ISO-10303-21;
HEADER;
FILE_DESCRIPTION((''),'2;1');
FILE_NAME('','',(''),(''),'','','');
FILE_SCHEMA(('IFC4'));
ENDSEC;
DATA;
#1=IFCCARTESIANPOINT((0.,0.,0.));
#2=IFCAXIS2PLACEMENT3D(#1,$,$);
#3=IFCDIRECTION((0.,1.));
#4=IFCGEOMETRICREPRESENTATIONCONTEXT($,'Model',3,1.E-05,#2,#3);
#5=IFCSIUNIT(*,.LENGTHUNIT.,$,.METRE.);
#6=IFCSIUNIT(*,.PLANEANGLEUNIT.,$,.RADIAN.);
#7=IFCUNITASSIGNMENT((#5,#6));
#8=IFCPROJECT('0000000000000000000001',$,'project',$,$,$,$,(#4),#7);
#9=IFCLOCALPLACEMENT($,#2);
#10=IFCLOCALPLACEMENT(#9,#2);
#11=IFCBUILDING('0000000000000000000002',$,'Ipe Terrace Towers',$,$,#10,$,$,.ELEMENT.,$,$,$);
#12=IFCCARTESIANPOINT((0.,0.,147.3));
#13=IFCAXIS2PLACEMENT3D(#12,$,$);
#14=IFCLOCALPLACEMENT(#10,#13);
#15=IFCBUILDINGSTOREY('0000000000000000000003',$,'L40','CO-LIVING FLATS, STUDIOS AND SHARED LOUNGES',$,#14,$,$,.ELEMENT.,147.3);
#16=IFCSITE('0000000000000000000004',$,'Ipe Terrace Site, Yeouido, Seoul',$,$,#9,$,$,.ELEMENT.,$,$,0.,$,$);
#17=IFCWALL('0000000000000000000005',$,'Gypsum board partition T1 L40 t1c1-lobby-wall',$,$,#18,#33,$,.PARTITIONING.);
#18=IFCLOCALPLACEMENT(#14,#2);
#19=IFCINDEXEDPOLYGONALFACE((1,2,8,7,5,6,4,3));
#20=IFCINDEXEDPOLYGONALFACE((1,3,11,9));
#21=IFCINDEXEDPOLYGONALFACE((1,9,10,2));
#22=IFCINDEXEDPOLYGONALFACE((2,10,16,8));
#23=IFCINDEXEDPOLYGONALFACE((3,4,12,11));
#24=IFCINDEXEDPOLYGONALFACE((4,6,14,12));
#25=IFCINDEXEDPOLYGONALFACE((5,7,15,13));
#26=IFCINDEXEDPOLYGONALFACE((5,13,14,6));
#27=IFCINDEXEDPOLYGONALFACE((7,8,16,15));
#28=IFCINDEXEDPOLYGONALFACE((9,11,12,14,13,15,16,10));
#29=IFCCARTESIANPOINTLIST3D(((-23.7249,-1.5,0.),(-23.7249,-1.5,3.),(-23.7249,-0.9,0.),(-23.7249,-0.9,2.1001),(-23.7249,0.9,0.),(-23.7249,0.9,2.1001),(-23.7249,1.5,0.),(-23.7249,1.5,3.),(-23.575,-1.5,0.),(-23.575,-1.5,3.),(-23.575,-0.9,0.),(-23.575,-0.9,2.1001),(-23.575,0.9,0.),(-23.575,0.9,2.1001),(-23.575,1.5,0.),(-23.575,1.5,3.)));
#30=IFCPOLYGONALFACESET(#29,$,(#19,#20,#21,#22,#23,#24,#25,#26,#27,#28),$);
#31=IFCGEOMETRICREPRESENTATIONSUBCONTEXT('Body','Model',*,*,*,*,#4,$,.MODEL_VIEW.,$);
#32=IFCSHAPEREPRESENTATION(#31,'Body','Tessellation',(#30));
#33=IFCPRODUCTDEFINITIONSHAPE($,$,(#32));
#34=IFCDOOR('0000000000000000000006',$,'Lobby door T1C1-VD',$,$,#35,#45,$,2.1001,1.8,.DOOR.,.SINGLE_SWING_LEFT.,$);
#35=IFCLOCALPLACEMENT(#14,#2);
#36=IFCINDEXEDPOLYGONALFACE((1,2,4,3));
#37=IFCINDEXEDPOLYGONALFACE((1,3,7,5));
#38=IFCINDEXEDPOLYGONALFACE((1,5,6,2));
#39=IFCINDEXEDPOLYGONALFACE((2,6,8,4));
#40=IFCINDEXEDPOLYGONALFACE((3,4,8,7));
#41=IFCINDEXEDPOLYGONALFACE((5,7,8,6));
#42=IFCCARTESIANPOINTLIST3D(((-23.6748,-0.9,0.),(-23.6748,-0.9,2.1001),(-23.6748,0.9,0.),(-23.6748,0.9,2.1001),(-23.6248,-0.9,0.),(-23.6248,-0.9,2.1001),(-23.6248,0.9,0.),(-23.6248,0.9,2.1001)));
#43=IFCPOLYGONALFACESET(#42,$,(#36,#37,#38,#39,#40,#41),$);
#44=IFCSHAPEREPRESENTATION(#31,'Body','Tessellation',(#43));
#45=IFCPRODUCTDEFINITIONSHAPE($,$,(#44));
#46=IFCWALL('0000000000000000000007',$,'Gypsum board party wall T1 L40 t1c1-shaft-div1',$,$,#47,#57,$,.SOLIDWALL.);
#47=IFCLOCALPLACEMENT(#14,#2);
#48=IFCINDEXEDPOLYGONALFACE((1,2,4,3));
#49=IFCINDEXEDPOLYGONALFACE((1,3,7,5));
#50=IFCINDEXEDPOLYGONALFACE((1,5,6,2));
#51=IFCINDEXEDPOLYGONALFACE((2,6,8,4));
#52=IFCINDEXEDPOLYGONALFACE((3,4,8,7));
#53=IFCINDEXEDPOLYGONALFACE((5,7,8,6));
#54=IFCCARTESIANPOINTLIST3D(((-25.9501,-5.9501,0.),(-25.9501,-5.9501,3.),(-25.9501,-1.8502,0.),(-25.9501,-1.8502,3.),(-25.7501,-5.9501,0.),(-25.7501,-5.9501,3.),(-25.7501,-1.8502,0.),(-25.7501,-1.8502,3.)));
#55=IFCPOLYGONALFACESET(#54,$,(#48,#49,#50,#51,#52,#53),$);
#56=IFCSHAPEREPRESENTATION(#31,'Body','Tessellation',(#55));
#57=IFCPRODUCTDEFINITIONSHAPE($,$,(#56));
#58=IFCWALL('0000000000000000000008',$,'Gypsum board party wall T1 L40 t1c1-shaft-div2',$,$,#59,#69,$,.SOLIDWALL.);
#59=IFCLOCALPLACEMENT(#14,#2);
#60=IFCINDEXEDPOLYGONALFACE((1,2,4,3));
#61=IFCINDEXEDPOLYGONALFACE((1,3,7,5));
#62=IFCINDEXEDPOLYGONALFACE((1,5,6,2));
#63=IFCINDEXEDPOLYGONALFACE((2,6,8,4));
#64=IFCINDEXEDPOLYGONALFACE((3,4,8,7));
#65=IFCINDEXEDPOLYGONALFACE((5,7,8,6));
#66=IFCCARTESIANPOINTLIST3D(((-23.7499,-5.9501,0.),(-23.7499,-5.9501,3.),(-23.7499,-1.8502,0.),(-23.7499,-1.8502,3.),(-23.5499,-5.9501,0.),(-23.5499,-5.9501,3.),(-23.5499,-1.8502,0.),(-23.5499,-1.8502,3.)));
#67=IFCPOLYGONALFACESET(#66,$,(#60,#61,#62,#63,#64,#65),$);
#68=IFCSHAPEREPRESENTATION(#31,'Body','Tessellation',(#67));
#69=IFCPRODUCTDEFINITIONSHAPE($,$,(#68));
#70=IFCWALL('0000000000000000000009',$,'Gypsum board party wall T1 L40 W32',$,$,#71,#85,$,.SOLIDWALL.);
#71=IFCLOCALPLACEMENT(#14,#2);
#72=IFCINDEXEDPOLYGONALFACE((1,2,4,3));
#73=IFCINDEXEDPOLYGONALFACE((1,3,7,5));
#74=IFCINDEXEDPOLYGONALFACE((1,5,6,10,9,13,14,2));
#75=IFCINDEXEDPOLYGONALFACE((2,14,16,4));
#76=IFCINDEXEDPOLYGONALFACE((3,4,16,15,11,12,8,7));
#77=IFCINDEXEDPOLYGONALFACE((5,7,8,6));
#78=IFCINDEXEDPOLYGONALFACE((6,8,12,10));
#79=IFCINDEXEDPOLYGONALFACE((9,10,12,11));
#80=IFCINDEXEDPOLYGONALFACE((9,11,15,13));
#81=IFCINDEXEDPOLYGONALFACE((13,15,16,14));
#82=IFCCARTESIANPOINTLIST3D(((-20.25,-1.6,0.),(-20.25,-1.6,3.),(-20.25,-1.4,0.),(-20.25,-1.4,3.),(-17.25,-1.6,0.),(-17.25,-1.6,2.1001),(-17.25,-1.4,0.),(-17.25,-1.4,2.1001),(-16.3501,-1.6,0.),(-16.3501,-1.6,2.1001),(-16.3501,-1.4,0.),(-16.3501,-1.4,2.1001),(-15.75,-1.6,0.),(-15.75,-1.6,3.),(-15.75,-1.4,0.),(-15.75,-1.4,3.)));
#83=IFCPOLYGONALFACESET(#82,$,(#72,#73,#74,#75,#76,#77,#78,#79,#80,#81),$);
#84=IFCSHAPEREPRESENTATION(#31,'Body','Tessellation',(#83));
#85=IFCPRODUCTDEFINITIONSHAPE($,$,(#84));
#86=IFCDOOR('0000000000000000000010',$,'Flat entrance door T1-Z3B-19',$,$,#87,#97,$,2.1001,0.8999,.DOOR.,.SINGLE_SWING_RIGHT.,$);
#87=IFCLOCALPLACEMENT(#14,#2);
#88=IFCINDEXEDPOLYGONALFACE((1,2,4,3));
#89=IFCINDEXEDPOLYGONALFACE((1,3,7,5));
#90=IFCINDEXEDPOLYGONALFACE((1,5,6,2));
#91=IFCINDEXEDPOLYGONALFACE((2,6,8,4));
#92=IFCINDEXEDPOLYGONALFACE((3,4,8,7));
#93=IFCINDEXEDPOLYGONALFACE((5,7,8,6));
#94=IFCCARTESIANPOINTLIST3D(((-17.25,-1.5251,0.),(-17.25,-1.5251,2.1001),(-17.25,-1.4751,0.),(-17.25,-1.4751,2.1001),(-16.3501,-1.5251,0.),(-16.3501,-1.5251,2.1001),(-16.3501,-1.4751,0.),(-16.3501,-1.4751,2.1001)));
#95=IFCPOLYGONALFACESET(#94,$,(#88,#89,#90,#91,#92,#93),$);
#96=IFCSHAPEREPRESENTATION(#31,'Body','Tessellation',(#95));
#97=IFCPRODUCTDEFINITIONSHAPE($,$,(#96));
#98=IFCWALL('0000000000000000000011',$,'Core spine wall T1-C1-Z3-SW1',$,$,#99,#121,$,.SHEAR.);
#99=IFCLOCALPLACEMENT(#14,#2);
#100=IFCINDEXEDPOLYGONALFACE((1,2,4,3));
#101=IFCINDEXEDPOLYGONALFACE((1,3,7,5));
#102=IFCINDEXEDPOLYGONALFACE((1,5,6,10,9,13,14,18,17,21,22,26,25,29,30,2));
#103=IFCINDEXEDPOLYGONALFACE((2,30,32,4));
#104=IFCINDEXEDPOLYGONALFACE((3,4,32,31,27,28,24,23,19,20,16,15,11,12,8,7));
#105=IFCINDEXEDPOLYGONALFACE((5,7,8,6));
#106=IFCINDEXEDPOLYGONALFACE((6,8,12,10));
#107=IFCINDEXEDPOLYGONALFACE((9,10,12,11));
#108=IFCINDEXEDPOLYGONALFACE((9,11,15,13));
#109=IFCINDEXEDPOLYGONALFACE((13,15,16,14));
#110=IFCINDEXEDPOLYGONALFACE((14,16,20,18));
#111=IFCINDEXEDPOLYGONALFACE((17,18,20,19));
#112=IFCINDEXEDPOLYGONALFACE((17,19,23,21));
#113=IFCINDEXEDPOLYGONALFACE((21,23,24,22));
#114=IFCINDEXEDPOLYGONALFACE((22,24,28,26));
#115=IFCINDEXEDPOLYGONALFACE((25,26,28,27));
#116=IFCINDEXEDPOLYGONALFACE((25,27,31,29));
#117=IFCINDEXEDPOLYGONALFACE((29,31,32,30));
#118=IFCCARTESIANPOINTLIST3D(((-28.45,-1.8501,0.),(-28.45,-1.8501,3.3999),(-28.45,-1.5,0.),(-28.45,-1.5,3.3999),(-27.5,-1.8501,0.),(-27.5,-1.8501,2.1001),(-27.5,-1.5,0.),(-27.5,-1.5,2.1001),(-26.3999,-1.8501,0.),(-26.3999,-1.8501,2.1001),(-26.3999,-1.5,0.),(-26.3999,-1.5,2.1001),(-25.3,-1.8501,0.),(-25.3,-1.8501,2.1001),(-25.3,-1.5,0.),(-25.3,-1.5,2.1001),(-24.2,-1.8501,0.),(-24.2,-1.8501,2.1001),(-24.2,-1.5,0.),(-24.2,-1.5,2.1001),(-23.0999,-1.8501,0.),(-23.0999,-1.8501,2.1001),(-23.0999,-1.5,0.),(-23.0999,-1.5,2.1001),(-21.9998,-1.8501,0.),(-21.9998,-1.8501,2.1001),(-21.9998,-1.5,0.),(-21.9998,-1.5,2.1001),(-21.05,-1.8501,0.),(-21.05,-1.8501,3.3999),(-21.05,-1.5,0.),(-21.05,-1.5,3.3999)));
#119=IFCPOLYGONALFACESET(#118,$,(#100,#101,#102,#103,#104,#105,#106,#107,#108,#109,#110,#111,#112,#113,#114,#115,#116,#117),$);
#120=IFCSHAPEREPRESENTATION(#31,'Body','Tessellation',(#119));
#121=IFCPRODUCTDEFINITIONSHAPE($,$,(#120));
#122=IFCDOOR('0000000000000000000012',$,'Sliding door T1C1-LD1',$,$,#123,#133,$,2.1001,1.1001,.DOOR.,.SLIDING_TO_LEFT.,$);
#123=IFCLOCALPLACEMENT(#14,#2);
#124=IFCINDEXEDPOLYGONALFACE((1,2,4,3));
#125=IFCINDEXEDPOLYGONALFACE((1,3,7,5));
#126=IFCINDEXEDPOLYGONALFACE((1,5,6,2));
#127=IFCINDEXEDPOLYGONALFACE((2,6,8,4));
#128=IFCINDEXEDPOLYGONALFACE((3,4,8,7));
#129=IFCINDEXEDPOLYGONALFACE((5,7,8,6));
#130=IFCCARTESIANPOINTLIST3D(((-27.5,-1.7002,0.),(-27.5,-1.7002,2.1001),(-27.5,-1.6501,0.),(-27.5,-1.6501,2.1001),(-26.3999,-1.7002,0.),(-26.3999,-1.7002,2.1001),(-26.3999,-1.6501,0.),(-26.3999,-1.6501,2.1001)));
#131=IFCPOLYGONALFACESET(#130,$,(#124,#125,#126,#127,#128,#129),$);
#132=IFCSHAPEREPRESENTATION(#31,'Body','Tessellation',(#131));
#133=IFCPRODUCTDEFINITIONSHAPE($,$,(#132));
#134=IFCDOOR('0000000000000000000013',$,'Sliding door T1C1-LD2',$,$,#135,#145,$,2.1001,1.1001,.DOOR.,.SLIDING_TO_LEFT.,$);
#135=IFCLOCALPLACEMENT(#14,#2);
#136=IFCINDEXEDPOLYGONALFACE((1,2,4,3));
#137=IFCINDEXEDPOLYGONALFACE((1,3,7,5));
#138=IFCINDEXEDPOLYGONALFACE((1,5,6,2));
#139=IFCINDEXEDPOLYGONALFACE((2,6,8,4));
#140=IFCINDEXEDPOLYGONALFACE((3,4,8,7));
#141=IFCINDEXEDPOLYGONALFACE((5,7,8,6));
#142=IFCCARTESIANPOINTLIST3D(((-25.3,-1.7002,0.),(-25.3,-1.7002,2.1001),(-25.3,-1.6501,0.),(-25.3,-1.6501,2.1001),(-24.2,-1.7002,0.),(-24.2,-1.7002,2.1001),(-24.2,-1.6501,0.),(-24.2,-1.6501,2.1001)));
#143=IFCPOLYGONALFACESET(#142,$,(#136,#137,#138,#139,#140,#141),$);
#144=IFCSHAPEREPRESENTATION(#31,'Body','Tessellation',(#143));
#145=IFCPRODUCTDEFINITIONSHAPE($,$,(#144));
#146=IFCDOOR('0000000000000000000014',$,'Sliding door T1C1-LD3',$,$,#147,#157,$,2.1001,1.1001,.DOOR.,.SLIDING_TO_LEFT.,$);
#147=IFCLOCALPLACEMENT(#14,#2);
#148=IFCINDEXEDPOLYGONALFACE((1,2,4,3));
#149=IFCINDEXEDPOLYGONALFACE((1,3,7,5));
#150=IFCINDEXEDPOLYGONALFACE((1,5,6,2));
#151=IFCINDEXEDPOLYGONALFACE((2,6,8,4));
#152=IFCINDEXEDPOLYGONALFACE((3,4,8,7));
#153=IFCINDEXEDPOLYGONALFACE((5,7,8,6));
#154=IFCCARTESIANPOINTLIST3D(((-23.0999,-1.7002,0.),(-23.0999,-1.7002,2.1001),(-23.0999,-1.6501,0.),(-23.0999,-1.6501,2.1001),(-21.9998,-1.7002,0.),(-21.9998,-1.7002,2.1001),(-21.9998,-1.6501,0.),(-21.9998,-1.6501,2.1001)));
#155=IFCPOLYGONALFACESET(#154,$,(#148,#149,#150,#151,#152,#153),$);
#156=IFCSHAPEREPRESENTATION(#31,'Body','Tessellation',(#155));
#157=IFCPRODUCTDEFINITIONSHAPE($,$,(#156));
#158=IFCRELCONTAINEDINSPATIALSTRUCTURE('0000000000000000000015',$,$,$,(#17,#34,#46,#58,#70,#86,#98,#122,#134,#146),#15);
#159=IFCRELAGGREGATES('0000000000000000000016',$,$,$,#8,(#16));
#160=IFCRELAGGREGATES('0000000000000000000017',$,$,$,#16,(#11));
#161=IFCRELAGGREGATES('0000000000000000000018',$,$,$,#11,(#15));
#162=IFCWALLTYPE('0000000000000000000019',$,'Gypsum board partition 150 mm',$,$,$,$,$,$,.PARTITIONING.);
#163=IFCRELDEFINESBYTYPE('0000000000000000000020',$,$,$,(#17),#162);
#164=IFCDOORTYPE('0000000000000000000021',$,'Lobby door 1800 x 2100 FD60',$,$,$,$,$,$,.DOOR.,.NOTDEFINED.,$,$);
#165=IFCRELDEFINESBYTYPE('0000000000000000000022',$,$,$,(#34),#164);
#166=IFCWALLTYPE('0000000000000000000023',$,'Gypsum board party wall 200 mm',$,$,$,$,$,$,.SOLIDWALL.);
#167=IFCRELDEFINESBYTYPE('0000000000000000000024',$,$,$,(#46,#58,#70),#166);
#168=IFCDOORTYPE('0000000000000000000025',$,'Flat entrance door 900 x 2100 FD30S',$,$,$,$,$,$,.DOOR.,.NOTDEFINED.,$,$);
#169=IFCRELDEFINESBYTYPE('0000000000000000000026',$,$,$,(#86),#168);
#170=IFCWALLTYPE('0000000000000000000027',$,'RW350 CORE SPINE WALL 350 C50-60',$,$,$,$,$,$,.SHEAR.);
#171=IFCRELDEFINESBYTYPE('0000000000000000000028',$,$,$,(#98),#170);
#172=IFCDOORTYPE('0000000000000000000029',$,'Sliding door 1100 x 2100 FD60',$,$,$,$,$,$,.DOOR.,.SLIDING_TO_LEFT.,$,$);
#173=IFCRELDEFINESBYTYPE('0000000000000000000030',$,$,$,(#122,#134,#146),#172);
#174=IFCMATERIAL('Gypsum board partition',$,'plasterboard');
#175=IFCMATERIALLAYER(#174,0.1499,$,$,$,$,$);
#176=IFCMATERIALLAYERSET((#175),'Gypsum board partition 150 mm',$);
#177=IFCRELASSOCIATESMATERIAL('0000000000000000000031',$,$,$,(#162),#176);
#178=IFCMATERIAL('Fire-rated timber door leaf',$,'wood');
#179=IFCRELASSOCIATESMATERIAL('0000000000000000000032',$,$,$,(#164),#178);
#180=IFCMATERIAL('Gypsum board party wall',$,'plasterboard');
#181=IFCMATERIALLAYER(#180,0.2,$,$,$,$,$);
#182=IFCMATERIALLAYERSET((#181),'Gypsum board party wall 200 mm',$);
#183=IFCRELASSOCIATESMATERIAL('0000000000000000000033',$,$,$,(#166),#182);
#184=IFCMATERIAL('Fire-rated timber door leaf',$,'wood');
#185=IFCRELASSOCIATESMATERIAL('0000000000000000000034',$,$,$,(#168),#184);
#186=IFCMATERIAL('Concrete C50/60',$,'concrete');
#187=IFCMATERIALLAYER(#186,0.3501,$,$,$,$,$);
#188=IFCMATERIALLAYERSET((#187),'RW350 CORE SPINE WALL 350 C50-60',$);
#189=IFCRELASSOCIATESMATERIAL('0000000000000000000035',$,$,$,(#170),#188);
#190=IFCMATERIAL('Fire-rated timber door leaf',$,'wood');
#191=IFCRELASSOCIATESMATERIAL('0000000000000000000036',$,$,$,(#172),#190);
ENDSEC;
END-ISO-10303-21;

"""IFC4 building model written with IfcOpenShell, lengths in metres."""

from ifc_helpers import new_model, si_unit, direction, frame, frame_2d, origin, place, context, subcontext, project, spatial, rectangle, extrude, material, layer, layer_set, type_object, element, fill, save


model = new_model("IFC4")

# Units and contexts
model_context = context("Model", 3, precision=1e-05, world=origin(), true_north=direction((0.0, 1.0)))
body_context = subcontext(model_context, "Body", "Model", "MODEL_VIEW")
ifc_project = project(units=[si_unit("LENGTHUNIT", "METRE"), si_unit("PLANEANGLEUNIT", "RADIAN")], contexts=[model_context])

# Site, building, storey
site_placement = place(None, origin())
site = spatial("IfcSite", under=ifc_project, at=site_placement, Name="Ipe Terrace Site, Yeouido, Seoul", CompositionType="ELEMENT", RefElevation=0.0)
building_placement = place(site_placement, origin())
building = spatial("IfcBuilding", under=site, at=building_placement, Name="Ipe Terrace Towers", CompositionType="ELEMENT")
storey_placement = place(building_placement, frame((0.0, 0.0, 147.3)))
storey = spatial("IfcBuildingStorey", under=building, at=storey_placement, Name="L40", Description="CO-LIVING FLATS, STUDIOS AND SHARED LOUNGES", CompositionType="ELEMENT", Elevation=147.3)

# Wall, opening, door
ifc_material_1 = material(Name="Gypsum board partition", Category="plasterboard")
ifc_layer_1 = layer(ifc_material_1, 0.1499)
ifc_layer_set_1 = layer_set([ifc_layer_1], Name="Gypsum board partition 150 mm")
wall_type_1 = type_object("IfcWallType", Name="Gypsum board partition 150 mm", PredefinedType="PARTITIONING", material=ifc_layer_set_1)
wall_1_placement = place(storey_placement, frame((-23.6499, -1.5, 0.0), z_axis=(0.0, 0.0, 1.0), x_axis=(0.0, 1.0, 0.0)))
wall_1 = element("IfcWall", 1, at=wall_1_placement, inside=storey, type_object=wall_type_1, Name="Gypsum board partition T1 L40 t1c1-lobby-wall", PredefinedType="PARTITIONING", context=body_context, shape_type="SweptSolid", body=[
    extrude(rectangle(XDim=3.0, YDim=0.1499, at=frame_2d((1.5, 0.0))), origin(), (0.0, 0.0, 1.0), 3.0),
])
opening_1_placement = place(wall_1_placement, frame((0.6001, 0.0, 0.0)))
opening_1 = element("IfcOpeningElement", 2, at=opening_1_placement, cuts=wall_1, PredefinedType="OPENING", context=body_context, shape_type="SweptSolid", body=[
    extrude(rectangle(XDim=1.8, YDim=2.1001, at=frame_2d((0.8999, 1.05))), frame((0.0, 0.085, 0.0), z_axis=(0.0, -1.0, 0.0), x_axis=(1.0, 0.0, 0.0)), (0.0, 0.0, 1.0), 0.1699),
])
ifc_material_2 = material(Name="Fire-rated timber door leaf", Category="wood")
door_type_1 = type_object("IfcDoorType", Name="Lobby door 1800 x 2100 FD60", OperationType="NOTDEFINED", PredefinedType="DOOR", material=ifc_material_2)
door_1_placement = place(opening_1_placement, origin())
door_1 = element("IfcDoor", 3, at=door_1_placement, inside=storey, type_object=door_type_1, Name="Lobby door T1C1-VD", OperationType="SINGLE_SWING_LEFT", OverallHeight=2.1001, OverallWidth=1.8, PredefinedType="DOOR", context=body_context, shape_type="SweptSolid", body=[
    extrude(rectangle(XDim=1.8, YDim=2.1001, at=frame_2d((0.8999, 1.05))), frame((0.0, 0.0249, 0.0), z_axis=(0.0, -1.0, 0.0), x_axis=(1.0, 0.0, 0.0)), (0.0, 0.0, 1.0), 0.05),
])
fill(opening_1, door_1)

# Walls
ifc_material_3 = material(Name="Gypsum board party wall", Category="plasterboard")
ifc_layer_2 = layer(ifc_material_3, 0.2)
ifc_layer_set_2 = layer_set([ifc_layer_2], Name="Gypsum board party wall 200 mm")
wall_type_2 = type_object("IfcWallType", Name="Gypsum board party wall 200 mm", PredefinedType="SOLIDWALL", material=ifc_layer_set_2)
for number, where, z_axis, x_axis, name in (
    (4, (-25.8501, -5.95, 0.0), (0.0, 0.0, 1.0), (0.0, 1.0, 0.0), "Gypsum board party wall T1 L40 t1c1-shaft-div1"),
    (5, (-23.6499, -5.95, 0.0), (0.0, 0.0, 1.0), (0.0, 1.0, 0.0), "Gypsum board party wall T1 L40 t1c1-shaft-div2"),
):
    element("IfcWall", number, at=place(storey_placement, frame(where, z_axis=z_axis, x_axis=x_axis)), inside=storey, type_object=wall_type_2, Name=name, PredefinedType="SOLIDWALL", context=body_context, shape_type="SweptSolid", body=[
        extrude(rectangle(XDim=4.0999, YDim=0.2, at=frame_2d((2.0498, 0.0))), origin(), (0.0, 0.0, 1.0), 3.0),
    ])

# Wall, opening, door
wall_2_placement = place(storey_placement, frame((-20.25, -1.5, 0.0), z_axis=(0.0, 0.0, 1.0), x_axis=(1.0, 0.0, 0.0)))
wall_2 = element("IfcWall", 6, at=wall_2_placement, inside=storey, type_object=wall_type_2, Name="Gypsum board party wall T1 L40 W32", PredefinedType="SOLIDWALL", context=body_context, shape_type="SweptSolid", body=[
    extrude(rectangle(XDim=4.5, YDim=0.2, at=frame_2d((2.25, 0.0))), origin(), (0.0, 0.0, 1.0), 3.0),
])
opening_2_placement = place(wall_2_placement, frame((3.0, 0.0, 0.0)))
opening_2 = element("IfcOpeningElement", 7, at=opening_2_placement, cuts=wall_2, PredefinedType="OPENING", context=body_context, shape_type="SweptSolid", body=[
    extrude(rectangle(XDim=0.8999, YDim=2.1001, at=frame_2d((0.45, 1.05))), frame((0.0, 0.1099, 0.0), z_axis=(0.0, -1.0, 0.0), x_axis=(1.0, 0.0, 0.0)), (0.0, 0.0, 1.0), 0.22),
])
ifc_material_4 = material(Name="Fire-rated timber door leaf", Category="wood")
door_type_2 = type_object("IfcDoorType", Name="Flat entrance door 900 x 2100 FD30S", OperationType="NOTDEFINED", PredefinedType="DOOR", material=ifc_material_4)
door_2_placement = place(opening_2_placement, origin())
door_2 = element("IfcDoor", 8, at=door_2_placement, inside=storey, type_object=door_type_2, Name="Flat entrance door T1-Z3B-19", OperationType="SINGLE_SWING_RIGHT", OverallHeight=2.1001, OverallWidth=0.8999, PredefinedType="DOOR", context=body_context, shape_type="SweptSolid", body=[
    extrude(rectangle(XDim=0.8999, YDim=2.1001, at=frame_2d((0.45, 1.05))), frame((0.0, 0.0249, 0.0), z_axis=(0.0, -1.0, 0.0), x_axis=(1.0, 0.0, 0.0)), (0.0, 0.0, 1.0), 0.05),
])
fill(opening_2, door_2)

# Wall, openings, doors
ifc_material_5 = material(Name="Concrete C50/60", Category="concrete")
ifc_layer_3 = layer(ifc_material_5, 0.3501)
ifc_layer_set_3 = layer_set([ifc_layer_3], Name="RW350 CORE SPINE WALL 350 C50-60")
wall_type_3 = type_object("IfcWallType", Name="RW350 CORE SPINE WALL 350 C50-60", PredefinedType="SHEAR", material=ifc_layer_set_3)
wall_3_placement = place(storey_placement, frame((-28.45, -1.675, 0.0), z_axis=(0.0, 0.0, 1.0), x_axis=(1.0, 0.0, 0.0)))
wall_3 = element("IfcWall", 9, at=wall_3_placement, inside=storey, type_object=wall_type_3, Name="Core spine wall T1-C1-Z3-SW1", PredefinedType="SHEAR", context=body_context, shape_type="SweptSolid", body=[
    extrude(rectangle(XDim=7.3999, YDim=0.3501, at=frame_2d((3.7, 0.0))), origin(), (0.0, 0.0, 1.0), 3.3999),
])
opening_3_placement = place(wall_3_placement, frame((0.95, 0.0, 0.0)))
opening_3 = element("IfcOpeningElement", 10, at=opening_3_placement, cuts=wall_3, PredefinedType="OPENING", context=body_context, shape_type="SweptSolid", body=[
    extrude(rectangle(XDim=1.1001, YDim=2.1001, at=frame_2d((0.55, 1.05))), frame((0.0, 0.1851, 0.0), z_axis=(0.0, -1.0, 0.0), x_axis=(1.0, 0.0, 0.0)), (0.0, 0.0, 1.0), 0.3701),
])
opening_4_placement = place(wall_3_placement, frame((3.1499, 0.0, 0.0)))
opening_4 = element("IfcOpeningElement", 11, at=opening_4_placement, cuts=wall_3, PredefinedType="OPENING", context=body_context, shape_type="SweptSolid", body=[
    extrude(rectangle(XDim=1.1001, YDim=2.1001, at=frame_2d((0.55, 1.05))), frame((0.0, 0.1851, 0.0), z_axis=(0.0, -1.0, 0.0), x_axis=(1.0, 0.0, 0.0)), (0.0, 0.0, 1.0), 0.3701),
])
opening_5_placement = place(wall_3_placement, frame((5.3501, 0.0, 0.0)))
opening_5 = element("IfcOpeningElement", 12, at=opening_5_placement, cuts=wall_3, PredefinedType="OPENING", context=body_context, shape_type="SweptSolid", body=[
    extrude(rectangle(XDim=1.1001, YDim=2.1001, at=frame_2d((0.55, 1.05))), frame((0.0, 0.1851, 0.0), z_axis=(0.0, -1.0, 0.0), x_axis=(1.0, 0.0, 0.0)), (0.0, 0.0, 1.0), 0.3701),
])
ifc_material_6 = material(Name="Fire-rated timber door leaf", Category="wood")
door_type_3 = type_object("IfcDoorType", Name="Sliding door 1100 x 2100 FD60", OperationType="SLIDING_TO_LEFT", PredefinedType="DOOR", material=ifc_material_6)
door_3_placement = place(opening_3_placement, origin())
door_3 = element("IfcDoor", 13, at=door_3_placement, inside=storey, type_object=door_type_3, Name="Sliding door T1C1-LD1", OperationType="SLIDING_TO_LEFT", OverallHeight=2.1001, OverallWidth=1.1001, PredefinedType="DOOR", context=body_context, shape_type="SweptSolid", body=[
    extrude(rectangle(XDim=1.1001, YDim=2.1001, at=frame_2d((0.55, 1.05))), frame((0.0, 0.0249, 0.0), z_axis=(0.0, -1.0, 0.0), x_axis=(1.0, 0.0, 0.0)), (0.0, 0.0, 1.0), 0.05),
])
fill(opening_3, door_3)
door_4_placement = place(opening_4_placement, origin())
door_4 = element("IfcDoor", 14, at=door_4_placement, inside=storey, type_object=door_type_3, Name="Sliding door T1C1-LD2", OperationType="SLIDING_TO_LEFT", OverallHeight=2.1001, OverallWidth=1.1001, PredefinedType="DOOR", context=body_context, shape_type="SweptSolid", body=[
    extrude(rectangle(XDim=1.1001, YDim=2.1001, at=frame_2d((0.55, 1.05))), frame((0.0, 0.0249, 0.0), z_axis=(0.0, -1.0, 0.0), x_axis=(1.0, 0.0, 0.0)), (0.0, 0.0, 1.0), 0.05),
])
fill(opening_4, door_4)
door_5_placement = place(opening_5_placement, origin())
door_5 = element("IfcDoor", 15, at=door_5_placement, inside=storey, type_object=door_type_3, Name="Sliding door T1C1-LD3", OperationType="SLIDING_TO_LEFT", OverallHeight=2.1001, OverallWidth=1.1001, PredefinedType="DOOR", context=body_context, shape_type="SweptSolid", body=[
    extrude(rectangle(XDim=1.1001, YDim=2.1001, at=frame_2d((0.55, 1.05))), frame((0.0, 0.0249, 0.0), z_axis=(0.0, -1.0, 0.0), x_axis=(1.0, 0.0, 0.0)), (0.0, 0.0, 1.0), 0.05),
])
fill(opening_5, door_5)

save(model, "model.ifc")
